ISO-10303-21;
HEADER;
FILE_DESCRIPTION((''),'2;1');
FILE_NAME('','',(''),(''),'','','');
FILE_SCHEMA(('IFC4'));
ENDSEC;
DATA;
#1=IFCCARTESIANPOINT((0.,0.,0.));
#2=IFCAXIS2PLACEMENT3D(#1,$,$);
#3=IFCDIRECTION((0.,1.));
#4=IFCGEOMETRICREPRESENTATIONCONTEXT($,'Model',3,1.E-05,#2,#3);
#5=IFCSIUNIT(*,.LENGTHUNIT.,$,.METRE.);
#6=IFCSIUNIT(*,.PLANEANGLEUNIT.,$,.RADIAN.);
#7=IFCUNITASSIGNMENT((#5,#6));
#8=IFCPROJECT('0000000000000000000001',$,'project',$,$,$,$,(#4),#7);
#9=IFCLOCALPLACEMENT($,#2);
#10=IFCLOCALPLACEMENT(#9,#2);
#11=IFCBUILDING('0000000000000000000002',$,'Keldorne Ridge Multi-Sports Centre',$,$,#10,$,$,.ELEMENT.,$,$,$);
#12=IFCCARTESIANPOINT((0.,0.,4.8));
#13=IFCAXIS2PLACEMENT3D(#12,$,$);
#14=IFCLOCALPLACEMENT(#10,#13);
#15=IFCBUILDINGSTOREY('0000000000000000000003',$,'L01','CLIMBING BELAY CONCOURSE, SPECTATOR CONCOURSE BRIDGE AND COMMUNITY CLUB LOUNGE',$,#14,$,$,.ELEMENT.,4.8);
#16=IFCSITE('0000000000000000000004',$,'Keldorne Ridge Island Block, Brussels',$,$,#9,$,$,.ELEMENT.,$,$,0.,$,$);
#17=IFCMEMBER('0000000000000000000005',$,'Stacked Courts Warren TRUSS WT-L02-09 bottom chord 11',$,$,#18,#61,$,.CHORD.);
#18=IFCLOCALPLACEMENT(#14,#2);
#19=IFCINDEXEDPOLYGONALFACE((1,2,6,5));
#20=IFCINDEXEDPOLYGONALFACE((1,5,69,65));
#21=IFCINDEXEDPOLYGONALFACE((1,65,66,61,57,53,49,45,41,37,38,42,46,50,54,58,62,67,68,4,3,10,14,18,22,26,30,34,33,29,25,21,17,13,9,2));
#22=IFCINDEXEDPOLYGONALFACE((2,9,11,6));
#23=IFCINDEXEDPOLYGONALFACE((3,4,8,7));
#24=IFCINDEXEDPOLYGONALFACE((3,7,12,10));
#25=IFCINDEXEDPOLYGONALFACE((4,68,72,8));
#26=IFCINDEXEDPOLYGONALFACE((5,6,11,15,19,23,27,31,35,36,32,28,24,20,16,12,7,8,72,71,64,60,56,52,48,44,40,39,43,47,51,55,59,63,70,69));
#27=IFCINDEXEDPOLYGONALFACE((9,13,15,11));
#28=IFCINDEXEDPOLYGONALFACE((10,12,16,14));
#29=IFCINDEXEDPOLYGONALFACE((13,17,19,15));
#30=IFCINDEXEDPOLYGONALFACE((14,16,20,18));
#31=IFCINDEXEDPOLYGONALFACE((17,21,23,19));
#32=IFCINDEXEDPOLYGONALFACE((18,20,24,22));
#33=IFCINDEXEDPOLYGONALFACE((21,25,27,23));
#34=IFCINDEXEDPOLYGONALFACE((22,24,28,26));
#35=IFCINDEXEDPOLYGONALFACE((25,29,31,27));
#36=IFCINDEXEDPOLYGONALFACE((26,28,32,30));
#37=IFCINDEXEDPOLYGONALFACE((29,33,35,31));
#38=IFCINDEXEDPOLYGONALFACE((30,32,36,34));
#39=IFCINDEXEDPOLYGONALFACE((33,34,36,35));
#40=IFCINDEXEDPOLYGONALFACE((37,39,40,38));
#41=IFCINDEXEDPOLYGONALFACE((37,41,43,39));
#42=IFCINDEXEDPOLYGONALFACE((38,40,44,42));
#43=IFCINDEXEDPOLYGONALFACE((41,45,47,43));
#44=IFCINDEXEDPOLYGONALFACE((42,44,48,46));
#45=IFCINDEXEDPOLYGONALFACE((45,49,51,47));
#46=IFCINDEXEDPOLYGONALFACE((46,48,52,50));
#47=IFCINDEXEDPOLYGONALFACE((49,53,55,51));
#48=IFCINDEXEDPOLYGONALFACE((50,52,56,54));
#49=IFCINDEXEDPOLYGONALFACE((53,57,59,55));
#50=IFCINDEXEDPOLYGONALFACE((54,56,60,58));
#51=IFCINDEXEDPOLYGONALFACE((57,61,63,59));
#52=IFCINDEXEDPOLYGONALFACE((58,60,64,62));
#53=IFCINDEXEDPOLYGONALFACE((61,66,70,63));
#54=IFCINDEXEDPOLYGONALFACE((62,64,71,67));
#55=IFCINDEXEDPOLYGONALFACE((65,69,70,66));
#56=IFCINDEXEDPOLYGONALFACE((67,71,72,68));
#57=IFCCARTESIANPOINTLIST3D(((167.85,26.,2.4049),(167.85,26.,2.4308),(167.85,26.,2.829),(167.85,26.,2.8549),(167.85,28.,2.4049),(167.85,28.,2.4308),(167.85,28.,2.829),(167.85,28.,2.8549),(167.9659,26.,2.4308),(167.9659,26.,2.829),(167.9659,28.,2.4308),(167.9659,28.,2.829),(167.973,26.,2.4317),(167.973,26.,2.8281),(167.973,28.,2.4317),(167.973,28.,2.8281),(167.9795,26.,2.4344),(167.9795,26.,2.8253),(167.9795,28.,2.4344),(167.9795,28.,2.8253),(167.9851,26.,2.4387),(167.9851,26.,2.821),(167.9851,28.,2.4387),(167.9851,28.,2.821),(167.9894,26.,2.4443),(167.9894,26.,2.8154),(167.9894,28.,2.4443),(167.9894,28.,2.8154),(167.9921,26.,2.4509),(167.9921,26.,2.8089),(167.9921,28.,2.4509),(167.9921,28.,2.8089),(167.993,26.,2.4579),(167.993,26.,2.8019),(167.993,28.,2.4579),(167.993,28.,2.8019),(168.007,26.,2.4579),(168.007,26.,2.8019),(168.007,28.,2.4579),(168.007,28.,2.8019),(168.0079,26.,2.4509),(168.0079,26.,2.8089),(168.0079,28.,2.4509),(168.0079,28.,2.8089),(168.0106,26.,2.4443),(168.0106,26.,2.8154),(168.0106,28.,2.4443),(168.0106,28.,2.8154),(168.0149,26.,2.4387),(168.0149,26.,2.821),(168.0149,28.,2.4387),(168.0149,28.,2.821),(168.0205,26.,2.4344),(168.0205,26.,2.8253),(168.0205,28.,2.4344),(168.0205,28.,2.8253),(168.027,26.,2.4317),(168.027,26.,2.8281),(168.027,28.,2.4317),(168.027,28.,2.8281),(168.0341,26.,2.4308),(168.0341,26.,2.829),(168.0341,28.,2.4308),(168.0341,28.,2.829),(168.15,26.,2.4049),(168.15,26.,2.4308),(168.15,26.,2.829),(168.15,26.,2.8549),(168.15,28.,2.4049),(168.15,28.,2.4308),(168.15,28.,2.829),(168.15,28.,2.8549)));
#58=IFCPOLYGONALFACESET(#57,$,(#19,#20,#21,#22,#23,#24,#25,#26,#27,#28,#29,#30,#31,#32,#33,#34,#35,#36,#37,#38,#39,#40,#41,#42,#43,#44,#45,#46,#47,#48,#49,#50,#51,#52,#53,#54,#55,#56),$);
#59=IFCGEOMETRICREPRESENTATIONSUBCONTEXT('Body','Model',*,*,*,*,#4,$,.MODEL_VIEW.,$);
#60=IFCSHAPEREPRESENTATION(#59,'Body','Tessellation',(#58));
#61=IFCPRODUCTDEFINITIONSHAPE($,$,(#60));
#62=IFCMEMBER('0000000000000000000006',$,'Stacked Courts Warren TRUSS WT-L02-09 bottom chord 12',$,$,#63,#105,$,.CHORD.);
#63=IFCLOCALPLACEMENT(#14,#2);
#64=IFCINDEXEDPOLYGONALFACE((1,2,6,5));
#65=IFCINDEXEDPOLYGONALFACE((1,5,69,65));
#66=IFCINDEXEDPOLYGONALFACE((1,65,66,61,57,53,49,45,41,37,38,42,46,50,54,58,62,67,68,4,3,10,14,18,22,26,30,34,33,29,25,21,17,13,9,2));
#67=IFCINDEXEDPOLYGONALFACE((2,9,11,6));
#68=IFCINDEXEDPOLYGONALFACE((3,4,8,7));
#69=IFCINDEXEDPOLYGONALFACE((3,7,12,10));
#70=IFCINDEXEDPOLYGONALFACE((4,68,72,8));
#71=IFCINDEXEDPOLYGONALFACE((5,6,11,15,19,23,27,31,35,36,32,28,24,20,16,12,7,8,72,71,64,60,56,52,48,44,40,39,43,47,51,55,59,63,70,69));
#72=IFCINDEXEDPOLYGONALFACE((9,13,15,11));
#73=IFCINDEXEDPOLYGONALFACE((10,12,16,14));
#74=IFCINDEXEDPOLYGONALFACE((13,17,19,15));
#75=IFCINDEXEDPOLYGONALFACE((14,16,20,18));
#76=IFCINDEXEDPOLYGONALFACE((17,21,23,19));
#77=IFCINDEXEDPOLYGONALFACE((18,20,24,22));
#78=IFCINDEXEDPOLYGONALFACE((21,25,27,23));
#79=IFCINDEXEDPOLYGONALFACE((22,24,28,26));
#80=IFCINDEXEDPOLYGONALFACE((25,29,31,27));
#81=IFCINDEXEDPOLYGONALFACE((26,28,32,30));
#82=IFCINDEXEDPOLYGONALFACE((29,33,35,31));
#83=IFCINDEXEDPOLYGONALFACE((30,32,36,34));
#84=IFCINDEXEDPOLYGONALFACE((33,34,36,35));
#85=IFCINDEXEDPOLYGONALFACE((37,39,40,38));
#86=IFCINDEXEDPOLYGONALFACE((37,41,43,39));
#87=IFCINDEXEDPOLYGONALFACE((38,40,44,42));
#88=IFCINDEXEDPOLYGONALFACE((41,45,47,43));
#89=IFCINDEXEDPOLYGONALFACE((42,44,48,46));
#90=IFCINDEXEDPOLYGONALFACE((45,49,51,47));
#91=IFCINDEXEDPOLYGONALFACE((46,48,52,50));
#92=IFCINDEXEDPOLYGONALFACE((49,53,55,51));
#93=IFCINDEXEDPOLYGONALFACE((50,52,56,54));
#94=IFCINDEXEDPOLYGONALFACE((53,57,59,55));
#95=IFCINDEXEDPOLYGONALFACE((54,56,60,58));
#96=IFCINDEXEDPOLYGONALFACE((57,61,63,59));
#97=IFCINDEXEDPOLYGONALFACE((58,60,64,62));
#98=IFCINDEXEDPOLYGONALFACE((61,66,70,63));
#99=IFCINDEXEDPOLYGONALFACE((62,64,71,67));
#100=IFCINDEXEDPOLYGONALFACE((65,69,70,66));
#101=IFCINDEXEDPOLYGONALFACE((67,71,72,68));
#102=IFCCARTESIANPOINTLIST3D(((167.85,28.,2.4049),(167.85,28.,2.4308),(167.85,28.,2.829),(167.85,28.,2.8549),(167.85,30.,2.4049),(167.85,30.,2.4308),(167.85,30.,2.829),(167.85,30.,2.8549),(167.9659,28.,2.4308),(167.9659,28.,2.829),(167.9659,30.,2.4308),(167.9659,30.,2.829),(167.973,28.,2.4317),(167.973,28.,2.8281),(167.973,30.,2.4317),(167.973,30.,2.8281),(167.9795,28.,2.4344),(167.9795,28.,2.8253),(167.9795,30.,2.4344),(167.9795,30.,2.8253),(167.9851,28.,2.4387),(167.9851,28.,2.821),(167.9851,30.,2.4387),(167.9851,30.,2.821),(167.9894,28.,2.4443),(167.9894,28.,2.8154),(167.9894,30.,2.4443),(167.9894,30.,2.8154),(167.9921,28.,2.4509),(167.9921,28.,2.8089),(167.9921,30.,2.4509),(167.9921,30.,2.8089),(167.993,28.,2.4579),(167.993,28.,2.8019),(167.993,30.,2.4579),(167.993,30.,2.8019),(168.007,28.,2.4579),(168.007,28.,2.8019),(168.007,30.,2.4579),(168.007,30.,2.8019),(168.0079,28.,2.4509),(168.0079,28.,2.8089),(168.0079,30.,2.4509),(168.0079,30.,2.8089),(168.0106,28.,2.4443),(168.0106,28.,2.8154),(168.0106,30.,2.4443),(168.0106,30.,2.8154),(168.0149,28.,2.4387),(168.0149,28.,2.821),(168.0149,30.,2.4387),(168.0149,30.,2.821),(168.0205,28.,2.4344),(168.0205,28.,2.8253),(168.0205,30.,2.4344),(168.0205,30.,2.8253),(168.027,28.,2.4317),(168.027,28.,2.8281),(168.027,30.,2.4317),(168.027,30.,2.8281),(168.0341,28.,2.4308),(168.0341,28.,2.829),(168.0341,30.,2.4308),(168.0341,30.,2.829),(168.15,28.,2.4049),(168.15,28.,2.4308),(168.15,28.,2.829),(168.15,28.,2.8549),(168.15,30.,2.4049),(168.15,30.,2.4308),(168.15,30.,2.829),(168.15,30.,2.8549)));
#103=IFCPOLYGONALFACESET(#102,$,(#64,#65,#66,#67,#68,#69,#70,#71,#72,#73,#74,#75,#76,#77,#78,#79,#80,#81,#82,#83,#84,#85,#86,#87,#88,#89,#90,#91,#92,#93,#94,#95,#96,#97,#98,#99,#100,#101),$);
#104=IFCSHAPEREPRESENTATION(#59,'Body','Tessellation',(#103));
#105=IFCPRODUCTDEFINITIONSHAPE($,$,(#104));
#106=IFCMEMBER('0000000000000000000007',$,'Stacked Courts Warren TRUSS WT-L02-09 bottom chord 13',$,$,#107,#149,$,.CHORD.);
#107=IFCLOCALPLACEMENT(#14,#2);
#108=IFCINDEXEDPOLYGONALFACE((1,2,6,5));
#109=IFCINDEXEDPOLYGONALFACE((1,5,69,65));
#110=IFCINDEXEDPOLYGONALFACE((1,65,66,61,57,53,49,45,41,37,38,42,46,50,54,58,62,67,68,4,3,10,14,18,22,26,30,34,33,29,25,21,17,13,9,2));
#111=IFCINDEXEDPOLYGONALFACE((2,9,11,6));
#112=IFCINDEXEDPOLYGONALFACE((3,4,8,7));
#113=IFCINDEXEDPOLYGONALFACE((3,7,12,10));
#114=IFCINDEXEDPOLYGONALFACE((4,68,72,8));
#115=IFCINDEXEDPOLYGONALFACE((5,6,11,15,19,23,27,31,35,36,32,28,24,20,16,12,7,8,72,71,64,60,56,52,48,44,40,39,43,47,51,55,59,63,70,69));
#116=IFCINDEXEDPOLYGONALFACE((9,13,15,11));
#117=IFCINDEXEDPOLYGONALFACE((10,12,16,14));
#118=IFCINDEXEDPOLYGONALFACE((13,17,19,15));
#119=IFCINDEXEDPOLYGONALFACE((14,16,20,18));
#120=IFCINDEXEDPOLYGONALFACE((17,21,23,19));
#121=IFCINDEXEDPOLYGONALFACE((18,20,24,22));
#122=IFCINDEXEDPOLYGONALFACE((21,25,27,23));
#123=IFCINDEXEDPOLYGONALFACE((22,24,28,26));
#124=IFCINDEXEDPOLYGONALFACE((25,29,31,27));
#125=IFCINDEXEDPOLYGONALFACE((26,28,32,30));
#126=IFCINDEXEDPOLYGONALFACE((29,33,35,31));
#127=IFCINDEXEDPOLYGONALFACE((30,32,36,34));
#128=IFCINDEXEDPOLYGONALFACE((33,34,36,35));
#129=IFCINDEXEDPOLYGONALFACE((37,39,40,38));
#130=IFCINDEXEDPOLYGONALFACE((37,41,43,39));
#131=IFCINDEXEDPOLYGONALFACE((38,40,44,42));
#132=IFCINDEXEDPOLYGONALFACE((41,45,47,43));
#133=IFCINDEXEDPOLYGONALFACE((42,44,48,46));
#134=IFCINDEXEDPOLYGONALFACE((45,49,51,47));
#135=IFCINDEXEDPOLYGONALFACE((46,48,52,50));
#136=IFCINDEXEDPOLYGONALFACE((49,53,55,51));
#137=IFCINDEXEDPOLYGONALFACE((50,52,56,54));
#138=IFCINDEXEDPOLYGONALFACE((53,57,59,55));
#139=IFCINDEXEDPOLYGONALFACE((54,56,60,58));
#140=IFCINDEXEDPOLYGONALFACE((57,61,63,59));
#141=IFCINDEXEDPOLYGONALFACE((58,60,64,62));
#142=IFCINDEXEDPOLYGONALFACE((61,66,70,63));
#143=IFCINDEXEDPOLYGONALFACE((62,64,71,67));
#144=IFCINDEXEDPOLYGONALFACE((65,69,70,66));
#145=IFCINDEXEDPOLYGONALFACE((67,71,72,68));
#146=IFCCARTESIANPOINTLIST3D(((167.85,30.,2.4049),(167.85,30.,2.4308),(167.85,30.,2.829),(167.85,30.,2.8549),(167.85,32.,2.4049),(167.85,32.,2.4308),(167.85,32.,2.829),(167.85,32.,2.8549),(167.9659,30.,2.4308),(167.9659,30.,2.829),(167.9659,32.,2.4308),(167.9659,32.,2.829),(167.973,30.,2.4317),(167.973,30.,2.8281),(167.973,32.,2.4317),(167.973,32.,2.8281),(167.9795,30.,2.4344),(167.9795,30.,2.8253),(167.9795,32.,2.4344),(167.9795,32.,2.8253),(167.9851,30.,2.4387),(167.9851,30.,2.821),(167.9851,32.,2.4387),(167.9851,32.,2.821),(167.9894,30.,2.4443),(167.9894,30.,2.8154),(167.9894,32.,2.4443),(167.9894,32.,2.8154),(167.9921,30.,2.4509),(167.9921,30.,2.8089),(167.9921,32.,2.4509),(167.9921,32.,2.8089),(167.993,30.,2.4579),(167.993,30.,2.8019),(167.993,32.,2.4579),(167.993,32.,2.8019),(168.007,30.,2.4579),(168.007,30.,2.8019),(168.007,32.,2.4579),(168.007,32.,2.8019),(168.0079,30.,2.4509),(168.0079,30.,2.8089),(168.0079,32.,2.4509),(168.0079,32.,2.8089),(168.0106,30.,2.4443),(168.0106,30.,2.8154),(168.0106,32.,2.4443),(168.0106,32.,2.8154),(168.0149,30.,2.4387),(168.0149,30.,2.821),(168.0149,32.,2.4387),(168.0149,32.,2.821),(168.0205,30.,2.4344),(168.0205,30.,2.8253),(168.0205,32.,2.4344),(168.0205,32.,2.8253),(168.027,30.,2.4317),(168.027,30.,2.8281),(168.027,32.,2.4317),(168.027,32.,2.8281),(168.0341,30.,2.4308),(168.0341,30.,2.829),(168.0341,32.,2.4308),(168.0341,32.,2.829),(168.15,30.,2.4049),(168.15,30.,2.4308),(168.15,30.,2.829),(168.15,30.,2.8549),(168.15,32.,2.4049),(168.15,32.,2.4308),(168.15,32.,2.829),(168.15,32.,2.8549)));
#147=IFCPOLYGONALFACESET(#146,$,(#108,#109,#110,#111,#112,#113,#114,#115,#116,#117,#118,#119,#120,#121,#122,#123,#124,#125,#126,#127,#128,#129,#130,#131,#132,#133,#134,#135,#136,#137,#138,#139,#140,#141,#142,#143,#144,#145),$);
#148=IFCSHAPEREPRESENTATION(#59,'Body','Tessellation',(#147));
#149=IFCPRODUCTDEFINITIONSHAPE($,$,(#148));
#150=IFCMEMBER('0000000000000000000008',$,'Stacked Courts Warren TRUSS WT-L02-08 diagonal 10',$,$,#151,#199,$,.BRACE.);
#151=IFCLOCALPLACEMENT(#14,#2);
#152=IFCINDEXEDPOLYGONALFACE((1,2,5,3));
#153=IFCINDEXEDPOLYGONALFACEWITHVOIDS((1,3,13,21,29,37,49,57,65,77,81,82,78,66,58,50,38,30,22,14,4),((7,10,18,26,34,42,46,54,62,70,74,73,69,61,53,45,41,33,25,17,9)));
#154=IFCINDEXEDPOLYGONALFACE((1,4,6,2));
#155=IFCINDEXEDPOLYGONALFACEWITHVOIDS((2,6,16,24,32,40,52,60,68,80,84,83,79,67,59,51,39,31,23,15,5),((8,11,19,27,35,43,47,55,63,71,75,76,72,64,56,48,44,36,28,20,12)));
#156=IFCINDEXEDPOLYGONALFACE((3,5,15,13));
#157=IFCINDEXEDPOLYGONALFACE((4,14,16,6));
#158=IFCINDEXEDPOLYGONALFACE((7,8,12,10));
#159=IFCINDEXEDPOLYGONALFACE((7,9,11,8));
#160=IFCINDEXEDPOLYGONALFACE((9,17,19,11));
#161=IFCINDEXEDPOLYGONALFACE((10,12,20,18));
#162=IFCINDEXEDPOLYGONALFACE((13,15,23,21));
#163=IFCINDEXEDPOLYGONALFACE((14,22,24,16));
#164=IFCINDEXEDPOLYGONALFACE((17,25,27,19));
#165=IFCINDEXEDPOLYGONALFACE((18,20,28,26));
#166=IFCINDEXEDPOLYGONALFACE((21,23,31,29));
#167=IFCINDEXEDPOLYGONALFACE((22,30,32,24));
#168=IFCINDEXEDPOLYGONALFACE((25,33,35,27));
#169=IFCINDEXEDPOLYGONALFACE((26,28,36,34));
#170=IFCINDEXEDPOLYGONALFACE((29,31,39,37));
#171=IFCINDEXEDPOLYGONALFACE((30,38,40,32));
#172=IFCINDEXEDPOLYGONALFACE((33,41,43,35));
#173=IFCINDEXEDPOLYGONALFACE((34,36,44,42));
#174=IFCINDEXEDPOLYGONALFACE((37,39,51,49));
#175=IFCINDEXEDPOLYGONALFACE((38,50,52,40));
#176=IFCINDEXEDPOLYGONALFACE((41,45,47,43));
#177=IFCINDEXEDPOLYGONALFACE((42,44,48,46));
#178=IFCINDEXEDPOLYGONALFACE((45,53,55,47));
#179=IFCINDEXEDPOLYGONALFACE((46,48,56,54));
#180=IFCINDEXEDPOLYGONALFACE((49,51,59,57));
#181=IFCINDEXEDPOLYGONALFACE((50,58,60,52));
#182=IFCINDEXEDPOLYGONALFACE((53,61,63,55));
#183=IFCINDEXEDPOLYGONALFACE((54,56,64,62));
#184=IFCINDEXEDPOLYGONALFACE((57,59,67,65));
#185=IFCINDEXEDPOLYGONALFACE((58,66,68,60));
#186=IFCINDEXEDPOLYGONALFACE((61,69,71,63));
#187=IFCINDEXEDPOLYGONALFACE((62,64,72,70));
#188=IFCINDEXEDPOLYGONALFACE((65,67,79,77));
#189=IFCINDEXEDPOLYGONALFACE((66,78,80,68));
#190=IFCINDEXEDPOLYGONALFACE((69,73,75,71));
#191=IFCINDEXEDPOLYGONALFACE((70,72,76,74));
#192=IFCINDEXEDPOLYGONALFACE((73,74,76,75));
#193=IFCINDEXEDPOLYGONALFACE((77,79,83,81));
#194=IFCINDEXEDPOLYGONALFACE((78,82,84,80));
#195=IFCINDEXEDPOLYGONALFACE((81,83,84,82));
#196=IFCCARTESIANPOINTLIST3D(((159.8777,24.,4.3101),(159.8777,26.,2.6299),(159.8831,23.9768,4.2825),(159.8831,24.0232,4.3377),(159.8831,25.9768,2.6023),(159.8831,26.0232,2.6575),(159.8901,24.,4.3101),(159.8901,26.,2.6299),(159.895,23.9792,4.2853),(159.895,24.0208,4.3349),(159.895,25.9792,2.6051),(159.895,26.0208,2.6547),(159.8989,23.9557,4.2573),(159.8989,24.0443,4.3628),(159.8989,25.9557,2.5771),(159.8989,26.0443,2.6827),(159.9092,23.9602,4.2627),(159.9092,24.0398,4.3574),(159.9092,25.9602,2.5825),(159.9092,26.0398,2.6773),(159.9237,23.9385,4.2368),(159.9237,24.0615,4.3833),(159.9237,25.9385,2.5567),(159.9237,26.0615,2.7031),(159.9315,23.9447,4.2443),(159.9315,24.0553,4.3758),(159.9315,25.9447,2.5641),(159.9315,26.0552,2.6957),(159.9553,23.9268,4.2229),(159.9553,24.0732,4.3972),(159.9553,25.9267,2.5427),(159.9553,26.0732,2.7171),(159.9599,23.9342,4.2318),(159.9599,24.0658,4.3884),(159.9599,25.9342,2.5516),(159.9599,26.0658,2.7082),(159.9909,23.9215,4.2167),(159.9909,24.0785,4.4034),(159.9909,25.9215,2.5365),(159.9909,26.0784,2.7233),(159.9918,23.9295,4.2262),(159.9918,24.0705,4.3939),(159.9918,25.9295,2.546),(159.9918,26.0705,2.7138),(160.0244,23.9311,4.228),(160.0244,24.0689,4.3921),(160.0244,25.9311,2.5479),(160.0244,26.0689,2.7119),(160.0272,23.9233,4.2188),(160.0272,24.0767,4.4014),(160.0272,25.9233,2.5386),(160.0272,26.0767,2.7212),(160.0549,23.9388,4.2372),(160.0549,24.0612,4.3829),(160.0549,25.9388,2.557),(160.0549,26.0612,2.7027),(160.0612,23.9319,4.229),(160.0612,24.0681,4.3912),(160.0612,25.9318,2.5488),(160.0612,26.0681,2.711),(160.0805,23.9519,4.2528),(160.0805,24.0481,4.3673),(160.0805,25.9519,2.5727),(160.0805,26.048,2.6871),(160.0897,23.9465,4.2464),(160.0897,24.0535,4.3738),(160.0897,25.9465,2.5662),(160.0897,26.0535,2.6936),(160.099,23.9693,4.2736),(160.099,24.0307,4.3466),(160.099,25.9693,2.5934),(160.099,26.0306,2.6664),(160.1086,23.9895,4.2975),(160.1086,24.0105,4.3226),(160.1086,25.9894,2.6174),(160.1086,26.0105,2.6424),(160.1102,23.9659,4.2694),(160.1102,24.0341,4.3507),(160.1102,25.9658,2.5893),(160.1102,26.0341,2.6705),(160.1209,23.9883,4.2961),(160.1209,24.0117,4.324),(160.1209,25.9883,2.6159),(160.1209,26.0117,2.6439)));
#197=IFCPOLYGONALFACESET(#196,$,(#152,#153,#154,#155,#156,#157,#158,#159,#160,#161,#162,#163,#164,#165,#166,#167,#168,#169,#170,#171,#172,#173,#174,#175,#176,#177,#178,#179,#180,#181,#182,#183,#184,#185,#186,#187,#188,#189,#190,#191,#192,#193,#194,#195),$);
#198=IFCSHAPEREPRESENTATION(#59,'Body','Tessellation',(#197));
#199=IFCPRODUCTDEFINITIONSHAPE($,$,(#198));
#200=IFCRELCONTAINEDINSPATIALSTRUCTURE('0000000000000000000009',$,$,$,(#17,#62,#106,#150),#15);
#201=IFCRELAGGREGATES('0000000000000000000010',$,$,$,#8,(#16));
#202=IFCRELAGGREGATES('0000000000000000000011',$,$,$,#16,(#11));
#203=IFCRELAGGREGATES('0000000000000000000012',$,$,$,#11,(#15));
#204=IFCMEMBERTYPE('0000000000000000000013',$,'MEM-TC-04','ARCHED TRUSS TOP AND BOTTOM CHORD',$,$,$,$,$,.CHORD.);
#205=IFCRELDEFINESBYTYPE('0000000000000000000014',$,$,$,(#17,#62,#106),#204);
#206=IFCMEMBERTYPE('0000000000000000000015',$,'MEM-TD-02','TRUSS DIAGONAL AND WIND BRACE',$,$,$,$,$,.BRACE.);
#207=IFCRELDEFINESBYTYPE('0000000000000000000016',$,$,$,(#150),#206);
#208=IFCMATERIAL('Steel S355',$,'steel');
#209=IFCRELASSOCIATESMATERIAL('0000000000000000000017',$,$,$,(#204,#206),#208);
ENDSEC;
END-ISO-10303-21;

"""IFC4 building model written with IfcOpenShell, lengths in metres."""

from ifc_helpers import new_model, si_unit, direction, frame, origin, origin_2d, place, context, subcontext, project, spatial, hollow_circle, i_section, extrude, material, material_profile, profile_set, type_object, element, save


model = new_model("IFC4")

# Units and contexts
model_context = context("Model", 3, precision=1e-05, world=origin(), true_north=direction((0.0, 1.0)))
body_context = subcontext(model_context, "Body", "Model", "MODEL_VIEW")
ifc_project = project(units=[si_unit("LENGTHUNIT", "METRE"), si_unit("PLANEANGLEUNIT", "RADIAN")], contexts=[model_context])

# Site, building, storey
site_placement = place(None, origin())
site = spatial("IfcSite", under=ifc_project, at=site_placement, Name="Keldorne Ridge Island Block, Brussels", CompositionType="ELEMENT", RefElevation=0.0)
building_placement = place(site_placement, origin())
building = spatial("IfcBuilding", under=site, at=building_placement, Name="Keldorne Ridge Multi-Sports Centre", CompositionType="ELEMENT")
storey_placement = place(building_placement, frame((0.0, 0.0, 4.8)))
storey = spatial("IfcBuildingStorey", under=building, at=storey_placement, Name="L01", Description="CLIMBING BELAY CONCOURSE, SPECTATOR CONCOURSE BRIDGE AND COMMUNITY CLUB LOUNGE", CompositionType="ELEMENT", Elevation=4.8)

# Shared definitions
ifc_material_1 = material(Name="Steel S355", Category="steel")

# Members
ifc_material_profile_1 = material_profile(ifc_material_1, i_section(OverallWidth=0.3, OverallDepth=0.45, WebThickness=0.0139, FlangeThickness=0.0259, FilletRadius=0.0271, at=origin_2d()), Name="HEB 450")
ifc_profile_set_1 = profile_set([ifc_material_profile_1], Name="Steel S355")
member_type_1 = type_object("IfcMemberType", Name="MEM-TC-04", Description="ARCHED TRUSS TOP AND BOTTOM CHORD", PredefinedType="CHORD", material=ifc_profile_set_1)
for number, where, z_axis, x_axis, name in (
    (1, (168.0, 26.0, 2.6299), (0.0, 1.0, 0.0), (-1.0, 0.0, 0.0), "Stacked Courts Warren TRUSS WT-L02-09 bottom chord 11"),
    (2, (168.0, 28.0, 2.6299), (0.0, 1.0, 0.0), (-1.0, 0.0, 0.0), "Stacked Courts Warren TRUSS WT-L02-09 bottom chord 12"),
    (3, (168.0, 30.0, 2.6299), (0.0, 1.0, 0.0), (-1.0, 0.0, 0.0), "Stacked Courts Warren TRUSS WT-L02-09 bottom chord 13"),
):
    element("IfcMember", number, at=place(storey_placement, frame(where, z_axis=z_axis, x_axis=x_axis)), inside=storey, type_object=member_type_1, Name=name, PredefinedType="CHORD", context=body_context, shape_type="SweptSolid", body=[
        extrude(i_section(OverallWidth=0.3, OverallDepth=0.45, WebThickness=0.0139, FlangeThickness=0.0259, FilletRadius=0.0271, at=origin_2d()), origin(), (0.0, 0.0, 1.0), 2.0),
    ])
ifc_material_profile_2 = material_profile(ifc_material_1, hollow_circle(Radius=0.1223, WallThickness=0.0125, at=origin_2d()), Name="CHS 244.5x12.5")
ifc_profile_set_2 = profile_set([ifc_material_profile_2], Name="Steel S355")
member_type_2 = type_object("IfcMemberType", Name="MEM-TD-02", Description="TRUSS DIAGONAL AND WIND BRACE", PredefinedType="BRACE", material=ifc_profile_set_2)
for number, where, z_axis, x_axis, name in (
    (4, (160.0, 24.0, 4.3101), (0.0, 0.765672, -0.643232), (-1.0, 0.0, 0.0), "Stacked Courts Warren TRUSS WT-L02-08 diagonal 10"),
):
    element("IfcMember", number, at=place(storey_placement, frame(where, z_axis=z_axis, x_axis=x_axis)), inside=storey, type_object=member_type_2, Name=name, PredefinedType="BRACE", context=body_context, shape_type="SweptSolid", body=[
        extrude(hollow_circle(Radius=0.1223, WallThickness=0.0125, at=origin_2d()), origin(), (0.0, 0.0, 1.0), 2.6121),
    ])

save(model, "model.ifc")
